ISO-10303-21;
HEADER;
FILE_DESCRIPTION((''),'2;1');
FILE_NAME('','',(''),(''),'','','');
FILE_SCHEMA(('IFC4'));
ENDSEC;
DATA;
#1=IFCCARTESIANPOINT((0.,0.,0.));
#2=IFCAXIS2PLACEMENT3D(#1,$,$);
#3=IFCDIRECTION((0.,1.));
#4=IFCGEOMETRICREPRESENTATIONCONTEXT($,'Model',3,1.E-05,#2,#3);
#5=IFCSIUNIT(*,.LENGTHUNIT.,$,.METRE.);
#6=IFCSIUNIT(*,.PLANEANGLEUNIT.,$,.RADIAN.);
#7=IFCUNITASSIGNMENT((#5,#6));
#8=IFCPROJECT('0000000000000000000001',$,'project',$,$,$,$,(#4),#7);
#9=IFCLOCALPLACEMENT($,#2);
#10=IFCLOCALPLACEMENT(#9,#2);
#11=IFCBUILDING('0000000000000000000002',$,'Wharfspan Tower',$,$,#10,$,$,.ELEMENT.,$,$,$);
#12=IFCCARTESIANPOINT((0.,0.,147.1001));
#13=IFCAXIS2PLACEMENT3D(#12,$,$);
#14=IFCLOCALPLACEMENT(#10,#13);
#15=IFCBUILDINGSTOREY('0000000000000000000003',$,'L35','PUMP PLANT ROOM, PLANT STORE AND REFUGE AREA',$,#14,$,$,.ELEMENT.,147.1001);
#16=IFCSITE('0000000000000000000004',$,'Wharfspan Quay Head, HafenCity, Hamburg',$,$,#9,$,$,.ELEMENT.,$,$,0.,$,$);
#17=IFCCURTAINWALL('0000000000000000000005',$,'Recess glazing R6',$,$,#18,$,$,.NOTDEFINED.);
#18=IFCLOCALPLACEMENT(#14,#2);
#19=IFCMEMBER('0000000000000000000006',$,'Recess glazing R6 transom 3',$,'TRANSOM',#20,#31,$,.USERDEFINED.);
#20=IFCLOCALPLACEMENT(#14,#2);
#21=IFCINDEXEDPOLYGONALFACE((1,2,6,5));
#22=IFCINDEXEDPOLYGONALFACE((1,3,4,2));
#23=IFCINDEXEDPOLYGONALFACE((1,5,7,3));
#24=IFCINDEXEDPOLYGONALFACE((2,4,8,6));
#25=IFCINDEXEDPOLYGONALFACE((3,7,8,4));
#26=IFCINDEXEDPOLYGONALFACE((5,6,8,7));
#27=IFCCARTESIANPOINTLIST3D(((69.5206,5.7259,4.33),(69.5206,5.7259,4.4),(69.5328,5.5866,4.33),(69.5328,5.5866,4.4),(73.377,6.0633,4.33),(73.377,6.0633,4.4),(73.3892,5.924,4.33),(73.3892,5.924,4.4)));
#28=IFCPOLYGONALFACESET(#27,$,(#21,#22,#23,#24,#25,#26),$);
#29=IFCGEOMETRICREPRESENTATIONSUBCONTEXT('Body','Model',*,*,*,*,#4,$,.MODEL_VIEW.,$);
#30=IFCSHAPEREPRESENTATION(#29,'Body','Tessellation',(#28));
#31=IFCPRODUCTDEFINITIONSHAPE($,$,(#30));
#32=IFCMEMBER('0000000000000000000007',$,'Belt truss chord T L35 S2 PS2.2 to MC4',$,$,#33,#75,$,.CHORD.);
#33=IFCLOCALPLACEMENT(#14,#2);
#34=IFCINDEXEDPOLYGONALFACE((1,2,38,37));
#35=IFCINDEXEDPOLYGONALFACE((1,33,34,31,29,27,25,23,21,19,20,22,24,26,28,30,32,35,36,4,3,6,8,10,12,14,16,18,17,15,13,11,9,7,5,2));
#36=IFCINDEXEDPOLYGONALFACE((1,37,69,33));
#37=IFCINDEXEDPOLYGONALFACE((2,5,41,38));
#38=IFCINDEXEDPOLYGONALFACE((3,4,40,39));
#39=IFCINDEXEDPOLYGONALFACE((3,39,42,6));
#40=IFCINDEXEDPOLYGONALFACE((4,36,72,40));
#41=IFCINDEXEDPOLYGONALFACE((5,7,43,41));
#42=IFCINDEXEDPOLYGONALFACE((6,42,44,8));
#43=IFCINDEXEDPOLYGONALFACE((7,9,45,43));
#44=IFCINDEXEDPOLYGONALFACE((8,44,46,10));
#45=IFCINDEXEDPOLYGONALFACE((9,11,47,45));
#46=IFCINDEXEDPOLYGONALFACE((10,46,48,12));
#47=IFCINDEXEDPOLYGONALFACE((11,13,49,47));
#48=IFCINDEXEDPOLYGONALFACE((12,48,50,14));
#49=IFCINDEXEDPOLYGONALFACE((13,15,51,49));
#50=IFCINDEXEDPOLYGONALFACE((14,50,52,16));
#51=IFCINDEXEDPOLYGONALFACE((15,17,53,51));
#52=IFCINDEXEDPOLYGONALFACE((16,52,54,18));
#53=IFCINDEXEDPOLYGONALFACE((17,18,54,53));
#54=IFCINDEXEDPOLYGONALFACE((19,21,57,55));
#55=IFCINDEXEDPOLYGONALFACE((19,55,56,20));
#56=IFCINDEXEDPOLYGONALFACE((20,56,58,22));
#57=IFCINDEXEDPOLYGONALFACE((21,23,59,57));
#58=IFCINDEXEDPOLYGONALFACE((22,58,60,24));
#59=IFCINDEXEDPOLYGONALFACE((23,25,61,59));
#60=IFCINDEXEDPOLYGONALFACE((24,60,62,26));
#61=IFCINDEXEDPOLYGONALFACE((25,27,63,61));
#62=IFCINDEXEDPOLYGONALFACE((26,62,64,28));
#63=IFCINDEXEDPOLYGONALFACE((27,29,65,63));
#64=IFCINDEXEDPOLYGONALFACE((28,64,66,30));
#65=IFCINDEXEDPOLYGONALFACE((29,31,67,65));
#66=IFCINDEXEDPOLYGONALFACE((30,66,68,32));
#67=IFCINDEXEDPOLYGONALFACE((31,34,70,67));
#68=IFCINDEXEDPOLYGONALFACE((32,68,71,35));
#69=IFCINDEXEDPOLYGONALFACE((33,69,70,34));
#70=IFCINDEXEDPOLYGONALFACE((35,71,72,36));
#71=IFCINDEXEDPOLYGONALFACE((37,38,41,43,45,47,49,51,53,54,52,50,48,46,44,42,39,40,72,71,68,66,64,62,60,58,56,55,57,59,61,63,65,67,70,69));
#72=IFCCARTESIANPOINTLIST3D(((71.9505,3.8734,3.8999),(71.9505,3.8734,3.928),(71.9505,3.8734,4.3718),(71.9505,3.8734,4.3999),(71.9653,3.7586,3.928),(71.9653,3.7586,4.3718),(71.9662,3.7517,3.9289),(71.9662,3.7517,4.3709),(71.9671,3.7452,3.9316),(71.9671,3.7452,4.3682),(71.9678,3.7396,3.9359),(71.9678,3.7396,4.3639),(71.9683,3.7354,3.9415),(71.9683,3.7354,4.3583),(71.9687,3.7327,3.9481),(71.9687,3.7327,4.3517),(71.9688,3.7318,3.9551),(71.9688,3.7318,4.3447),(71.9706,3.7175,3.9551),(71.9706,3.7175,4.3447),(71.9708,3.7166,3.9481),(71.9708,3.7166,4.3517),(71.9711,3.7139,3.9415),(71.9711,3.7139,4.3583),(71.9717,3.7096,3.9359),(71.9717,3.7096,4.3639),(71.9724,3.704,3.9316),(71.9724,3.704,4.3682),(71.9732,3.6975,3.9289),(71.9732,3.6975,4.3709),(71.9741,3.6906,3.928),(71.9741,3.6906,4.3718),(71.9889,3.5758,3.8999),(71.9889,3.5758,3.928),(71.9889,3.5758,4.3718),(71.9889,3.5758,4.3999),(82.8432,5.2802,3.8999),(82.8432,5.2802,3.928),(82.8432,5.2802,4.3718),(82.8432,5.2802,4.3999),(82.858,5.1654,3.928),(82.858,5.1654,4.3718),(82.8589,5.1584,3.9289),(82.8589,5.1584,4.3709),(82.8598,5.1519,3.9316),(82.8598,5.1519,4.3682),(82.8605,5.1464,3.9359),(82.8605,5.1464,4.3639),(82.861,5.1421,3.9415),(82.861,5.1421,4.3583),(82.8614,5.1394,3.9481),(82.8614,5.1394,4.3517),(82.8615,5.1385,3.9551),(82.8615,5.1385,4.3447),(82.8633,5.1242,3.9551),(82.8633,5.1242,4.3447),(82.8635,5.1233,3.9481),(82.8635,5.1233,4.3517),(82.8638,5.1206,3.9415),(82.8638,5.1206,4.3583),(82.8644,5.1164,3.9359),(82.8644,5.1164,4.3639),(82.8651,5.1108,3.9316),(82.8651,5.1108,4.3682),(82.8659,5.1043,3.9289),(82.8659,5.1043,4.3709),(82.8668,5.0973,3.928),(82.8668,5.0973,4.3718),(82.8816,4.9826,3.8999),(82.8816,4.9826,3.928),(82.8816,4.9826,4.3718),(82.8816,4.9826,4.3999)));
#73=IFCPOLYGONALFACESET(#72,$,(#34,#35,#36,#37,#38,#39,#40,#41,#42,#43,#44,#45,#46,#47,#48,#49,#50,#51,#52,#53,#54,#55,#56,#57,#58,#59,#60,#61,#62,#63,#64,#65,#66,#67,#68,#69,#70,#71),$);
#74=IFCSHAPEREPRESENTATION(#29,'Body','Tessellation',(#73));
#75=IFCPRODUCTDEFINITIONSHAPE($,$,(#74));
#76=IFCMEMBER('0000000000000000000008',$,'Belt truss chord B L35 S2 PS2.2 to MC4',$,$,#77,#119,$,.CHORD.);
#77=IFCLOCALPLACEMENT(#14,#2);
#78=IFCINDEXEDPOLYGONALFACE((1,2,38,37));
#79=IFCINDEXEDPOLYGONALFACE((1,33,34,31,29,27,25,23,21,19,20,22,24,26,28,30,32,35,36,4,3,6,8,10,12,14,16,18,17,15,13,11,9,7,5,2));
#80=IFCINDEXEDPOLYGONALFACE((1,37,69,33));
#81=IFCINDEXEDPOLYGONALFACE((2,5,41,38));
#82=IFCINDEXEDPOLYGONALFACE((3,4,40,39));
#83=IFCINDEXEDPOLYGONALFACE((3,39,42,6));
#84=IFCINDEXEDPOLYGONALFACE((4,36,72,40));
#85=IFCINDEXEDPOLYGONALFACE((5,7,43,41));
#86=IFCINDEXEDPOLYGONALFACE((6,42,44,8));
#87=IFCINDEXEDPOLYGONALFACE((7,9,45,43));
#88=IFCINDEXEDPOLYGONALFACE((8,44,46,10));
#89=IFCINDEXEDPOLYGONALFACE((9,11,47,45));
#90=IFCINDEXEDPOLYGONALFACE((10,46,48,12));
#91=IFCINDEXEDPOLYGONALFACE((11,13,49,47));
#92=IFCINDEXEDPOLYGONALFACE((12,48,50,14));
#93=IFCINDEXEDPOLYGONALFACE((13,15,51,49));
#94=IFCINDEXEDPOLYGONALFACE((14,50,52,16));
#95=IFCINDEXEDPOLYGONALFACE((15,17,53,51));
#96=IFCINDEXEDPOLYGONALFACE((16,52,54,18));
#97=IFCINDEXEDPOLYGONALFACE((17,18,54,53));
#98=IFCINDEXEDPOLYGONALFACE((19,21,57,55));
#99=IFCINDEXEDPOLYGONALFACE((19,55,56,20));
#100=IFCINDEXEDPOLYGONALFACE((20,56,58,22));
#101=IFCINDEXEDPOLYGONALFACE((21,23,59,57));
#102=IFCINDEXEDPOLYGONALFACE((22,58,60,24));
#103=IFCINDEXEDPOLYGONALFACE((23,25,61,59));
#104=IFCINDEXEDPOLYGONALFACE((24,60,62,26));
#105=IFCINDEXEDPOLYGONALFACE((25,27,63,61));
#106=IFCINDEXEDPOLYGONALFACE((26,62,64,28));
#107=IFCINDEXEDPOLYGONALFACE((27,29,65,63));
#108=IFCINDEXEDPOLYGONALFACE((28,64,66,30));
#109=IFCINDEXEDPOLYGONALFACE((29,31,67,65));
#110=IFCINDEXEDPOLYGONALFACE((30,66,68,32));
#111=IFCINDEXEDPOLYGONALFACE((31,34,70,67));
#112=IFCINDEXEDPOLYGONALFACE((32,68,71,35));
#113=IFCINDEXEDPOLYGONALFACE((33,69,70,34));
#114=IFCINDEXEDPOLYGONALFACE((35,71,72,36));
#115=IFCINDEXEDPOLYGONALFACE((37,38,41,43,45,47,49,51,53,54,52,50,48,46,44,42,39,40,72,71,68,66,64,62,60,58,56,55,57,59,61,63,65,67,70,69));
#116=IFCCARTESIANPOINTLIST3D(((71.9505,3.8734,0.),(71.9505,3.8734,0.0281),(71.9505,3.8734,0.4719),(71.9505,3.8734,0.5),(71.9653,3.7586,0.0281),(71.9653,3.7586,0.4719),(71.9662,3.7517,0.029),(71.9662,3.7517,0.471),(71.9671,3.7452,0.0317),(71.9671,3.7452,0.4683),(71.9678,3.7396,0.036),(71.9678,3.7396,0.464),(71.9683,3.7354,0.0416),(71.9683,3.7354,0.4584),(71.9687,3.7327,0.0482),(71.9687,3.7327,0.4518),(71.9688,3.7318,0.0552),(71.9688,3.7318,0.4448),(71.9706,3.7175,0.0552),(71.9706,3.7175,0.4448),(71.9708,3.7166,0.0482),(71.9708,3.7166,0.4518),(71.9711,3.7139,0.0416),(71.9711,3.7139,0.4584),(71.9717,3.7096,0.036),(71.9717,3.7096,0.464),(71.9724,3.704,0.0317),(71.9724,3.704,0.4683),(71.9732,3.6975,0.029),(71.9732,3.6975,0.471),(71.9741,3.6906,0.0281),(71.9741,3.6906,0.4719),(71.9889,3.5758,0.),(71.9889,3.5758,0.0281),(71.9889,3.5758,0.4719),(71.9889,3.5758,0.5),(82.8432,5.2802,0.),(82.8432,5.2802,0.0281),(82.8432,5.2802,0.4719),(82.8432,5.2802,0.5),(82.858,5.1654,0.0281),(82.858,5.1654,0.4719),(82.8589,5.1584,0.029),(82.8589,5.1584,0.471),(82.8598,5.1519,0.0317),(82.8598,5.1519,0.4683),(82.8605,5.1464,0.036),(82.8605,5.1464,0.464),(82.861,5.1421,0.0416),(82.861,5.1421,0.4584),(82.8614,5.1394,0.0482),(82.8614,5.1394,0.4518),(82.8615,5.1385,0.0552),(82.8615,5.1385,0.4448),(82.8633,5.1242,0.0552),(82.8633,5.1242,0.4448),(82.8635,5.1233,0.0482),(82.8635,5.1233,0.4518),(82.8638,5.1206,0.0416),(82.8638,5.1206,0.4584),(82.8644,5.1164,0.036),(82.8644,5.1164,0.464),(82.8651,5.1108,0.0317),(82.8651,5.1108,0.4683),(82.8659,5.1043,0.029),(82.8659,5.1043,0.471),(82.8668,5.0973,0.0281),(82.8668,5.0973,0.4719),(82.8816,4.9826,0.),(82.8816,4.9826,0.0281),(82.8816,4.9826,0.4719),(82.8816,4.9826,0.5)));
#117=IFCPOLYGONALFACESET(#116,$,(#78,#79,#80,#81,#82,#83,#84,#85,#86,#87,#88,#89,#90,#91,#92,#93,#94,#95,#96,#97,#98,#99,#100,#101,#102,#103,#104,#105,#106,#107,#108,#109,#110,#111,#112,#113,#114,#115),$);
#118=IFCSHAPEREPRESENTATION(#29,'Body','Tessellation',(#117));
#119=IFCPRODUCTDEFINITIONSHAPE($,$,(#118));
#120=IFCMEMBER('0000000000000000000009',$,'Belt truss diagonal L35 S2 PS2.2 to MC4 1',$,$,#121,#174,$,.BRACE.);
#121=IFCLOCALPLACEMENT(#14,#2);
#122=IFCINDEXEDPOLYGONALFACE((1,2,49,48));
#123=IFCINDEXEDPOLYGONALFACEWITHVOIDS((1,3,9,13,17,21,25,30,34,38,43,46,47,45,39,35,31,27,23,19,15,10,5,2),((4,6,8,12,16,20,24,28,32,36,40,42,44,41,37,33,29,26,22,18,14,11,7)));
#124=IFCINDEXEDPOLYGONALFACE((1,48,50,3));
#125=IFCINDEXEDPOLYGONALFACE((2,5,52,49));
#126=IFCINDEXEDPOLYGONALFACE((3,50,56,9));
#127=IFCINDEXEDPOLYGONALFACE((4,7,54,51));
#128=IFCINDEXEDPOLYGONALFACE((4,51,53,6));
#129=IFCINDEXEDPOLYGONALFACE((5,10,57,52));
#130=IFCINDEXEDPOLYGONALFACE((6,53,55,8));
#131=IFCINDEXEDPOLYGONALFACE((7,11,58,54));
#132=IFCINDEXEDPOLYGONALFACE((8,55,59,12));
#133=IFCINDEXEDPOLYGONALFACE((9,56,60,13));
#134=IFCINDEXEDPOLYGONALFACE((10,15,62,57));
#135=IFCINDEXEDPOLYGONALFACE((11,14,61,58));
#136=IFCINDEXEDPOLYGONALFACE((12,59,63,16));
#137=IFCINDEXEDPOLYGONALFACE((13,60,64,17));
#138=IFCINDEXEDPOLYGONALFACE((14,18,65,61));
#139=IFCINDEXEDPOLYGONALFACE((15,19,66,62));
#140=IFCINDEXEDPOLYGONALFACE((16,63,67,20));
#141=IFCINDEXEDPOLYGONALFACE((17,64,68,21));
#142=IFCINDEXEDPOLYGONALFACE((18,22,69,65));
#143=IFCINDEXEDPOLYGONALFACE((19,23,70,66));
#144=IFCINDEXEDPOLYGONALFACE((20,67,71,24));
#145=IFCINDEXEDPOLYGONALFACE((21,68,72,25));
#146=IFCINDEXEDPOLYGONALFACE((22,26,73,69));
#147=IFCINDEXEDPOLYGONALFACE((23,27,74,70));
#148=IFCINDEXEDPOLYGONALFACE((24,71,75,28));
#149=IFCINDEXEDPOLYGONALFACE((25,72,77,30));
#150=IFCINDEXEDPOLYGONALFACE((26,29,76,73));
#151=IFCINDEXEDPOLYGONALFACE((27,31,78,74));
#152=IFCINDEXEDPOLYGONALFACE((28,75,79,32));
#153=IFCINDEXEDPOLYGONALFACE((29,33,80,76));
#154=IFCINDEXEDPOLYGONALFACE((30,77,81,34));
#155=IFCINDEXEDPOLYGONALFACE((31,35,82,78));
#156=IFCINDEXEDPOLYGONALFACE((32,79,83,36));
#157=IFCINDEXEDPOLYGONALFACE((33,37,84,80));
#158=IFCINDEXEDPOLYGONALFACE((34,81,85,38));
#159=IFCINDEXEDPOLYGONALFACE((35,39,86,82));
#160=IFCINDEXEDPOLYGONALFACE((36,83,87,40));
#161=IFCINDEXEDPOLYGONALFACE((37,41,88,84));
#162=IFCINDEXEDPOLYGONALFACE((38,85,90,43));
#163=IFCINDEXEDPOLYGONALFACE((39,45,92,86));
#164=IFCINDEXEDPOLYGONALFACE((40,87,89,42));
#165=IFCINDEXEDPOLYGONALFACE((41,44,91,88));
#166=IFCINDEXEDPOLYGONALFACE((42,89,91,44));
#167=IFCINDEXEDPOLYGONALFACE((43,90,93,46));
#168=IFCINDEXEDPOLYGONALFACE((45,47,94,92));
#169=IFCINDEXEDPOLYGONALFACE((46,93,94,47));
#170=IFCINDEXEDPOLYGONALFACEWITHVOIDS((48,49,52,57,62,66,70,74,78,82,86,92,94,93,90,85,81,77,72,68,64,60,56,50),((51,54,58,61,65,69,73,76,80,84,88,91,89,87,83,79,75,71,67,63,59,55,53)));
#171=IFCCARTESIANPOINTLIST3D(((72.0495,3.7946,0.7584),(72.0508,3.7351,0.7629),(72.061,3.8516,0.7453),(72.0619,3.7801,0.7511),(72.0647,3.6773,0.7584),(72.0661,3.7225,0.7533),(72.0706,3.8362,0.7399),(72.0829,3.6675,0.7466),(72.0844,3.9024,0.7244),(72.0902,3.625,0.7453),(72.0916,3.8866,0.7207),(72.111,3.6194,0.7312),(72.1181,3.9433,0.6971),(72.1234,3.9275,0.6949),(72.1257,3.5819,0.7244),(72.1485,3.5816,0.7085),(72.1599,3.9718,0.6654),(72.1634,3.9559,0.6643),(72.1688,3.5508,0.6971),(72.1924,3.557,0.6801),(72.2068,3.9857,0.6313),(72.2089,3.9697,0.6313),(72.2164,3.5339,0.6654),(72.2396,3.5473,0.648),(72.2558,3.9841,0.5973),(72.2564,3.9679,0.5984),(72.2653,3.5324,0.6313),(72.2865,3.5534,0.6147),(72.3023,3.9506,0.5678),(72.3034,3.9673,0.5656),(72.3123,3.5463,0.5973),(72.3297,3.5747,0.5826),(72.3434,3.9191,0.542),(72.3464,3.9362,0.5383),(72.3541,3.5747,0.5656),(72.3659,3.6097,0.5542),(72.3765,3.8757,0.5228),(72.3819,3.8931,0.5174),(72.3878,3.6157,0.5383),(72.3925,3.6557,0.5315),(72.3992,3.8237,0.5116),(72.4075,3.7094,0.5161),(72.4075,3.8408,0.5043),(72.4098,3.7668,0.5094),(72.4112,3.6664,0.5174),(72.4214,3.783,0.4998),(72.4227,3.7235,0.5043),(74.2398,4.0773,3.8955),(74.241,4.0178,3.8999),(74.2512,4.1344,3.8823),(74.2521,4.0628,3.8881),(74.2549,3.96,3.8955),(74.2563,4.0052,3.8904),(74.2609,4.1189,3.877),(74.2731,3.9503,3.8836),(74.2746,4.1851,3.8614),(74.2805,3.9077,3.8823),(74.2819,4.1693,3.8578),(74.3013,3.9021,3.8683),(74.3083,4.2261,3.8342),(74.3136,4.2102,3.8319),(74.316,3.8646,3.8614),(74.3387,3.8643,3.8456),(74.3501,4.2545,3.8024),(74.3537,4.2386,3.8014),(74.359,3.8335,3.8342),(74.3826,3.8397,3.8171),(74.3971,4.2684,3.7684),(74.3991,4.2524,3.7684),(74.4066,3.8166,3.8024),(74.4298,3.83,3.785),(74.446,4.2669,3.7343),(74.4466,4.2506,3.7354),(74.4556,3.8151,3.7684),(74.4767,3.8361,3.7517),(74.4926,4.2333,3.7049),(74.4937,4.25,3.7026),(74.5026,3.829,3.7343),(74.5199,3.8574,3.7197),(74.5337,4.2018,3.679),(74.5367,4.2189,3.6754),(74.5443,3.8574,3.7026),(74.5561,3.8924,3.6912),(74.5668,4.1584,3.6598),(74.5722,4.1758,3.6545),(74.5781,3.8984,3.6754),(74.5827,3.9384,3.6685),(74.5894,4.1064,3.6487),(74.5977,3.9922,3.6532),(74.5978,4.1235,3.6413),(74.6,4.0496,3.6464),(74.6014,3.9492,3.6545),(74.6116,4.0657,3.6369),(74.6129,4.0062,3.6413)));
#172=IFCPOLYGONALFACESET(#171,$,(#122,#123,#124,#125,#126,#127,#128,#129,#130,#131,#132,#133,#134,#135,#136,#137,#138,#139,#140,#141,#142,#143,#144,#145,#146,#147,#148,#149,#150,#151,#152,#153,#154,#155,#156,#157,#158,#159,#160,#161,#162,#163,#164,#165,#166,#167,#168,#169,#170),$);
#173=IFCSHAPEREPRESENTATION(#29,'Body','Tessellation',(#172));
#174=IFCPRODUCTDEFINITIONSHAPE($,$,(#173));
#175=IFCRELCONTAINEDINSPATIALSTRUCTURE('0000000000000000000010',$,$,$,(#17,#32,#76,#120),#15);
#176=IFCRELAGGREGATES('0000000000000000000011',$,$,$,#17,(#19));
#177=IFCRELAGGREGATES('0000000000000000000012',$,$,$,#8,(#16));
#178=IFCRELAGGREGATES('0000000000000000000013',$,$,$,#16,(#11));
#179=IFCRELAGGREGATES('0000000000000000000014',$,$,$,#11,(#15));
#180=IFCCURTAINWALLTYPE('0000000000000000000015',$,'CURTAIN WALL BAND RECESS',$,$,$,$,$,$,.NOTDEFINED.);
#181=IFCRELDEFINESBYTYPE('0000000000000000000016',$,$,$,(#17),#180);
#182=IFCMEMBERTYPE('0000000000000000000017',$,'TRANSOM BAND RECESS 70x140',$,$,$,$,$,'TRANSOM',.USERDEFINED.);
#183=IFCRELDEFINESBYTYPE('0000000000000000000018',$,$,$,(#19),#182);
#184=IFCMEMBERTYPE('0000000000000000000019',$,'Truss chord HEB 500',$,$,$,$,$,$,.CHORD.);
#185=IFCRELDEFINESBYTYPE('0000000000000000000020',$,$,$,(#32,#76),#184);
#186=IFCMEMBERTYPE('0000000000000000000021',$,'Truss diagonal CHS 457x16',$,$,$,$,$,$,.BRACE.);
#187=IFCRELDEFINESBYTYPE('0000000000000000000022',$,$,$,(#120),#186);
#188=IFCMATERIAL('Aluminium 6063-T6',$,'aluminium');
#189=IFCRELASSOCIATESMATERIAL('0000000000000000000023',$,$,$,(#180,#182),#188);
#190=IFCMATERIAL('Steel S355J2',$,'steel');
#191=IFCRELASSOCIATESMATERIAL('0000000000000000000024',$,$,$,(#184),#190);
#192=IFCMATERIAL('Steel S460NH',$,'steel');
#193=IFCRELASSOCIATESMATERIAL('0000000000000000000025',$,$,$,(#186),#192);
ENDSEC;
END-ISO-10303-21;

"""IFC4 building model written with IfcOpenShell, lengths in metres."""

from ifc_helpers import new_model, si_unit, direction, frame, origin, origin_2d, place, context, subcontext, project, spatial, rectangle, hollow_circle, i_section, extrude, material, material_profile, profile_set, type_object, element, aggregate, save


model = new_model("IFC4")

# Units and contexts
model_context = context("Model", 3, precision=1e-05, world=origin(), true_north=direction((0.0, 1.0)))
body_context = subcontext(model_context, "Body", "Model", "MODEL_VIEW")
ifc_project = project(units=[si_unit("LENGTHUNIT", "METRE"), si_unit("PLANEANGLEUNIT", "RADIAN")], contexts=[model_context])

# Site, building, storey
site_placement = place(None, origin())
site = spatial("IfcSite", under=ifc_project, at=site_placement, Name="Wharfspan Quay Head, HafenCity, Hamburg", CompositionType="ELEMENT", RefElevation=0.0)
building_placement = place(site_placement, origin())
building = spatial("IfcBuilding", under=site, at=building_placement, Name="Wharfspan Tower", CompositionType="ELEMENT")
storey_placement = place(building_placement, frame((0.0, 0.0, 147.1001)))
storey = spatial("IfcBuildingStorey", under=building, at=storey_placement, Name="L35", Description="PUMP PLANT ROOM, PLANT STORE AND REFUGE AREA", CompositionType="ELEMENT", Elevation=147.1001)

# Shared definitions
ifc_material_1 = material(Name="Steel S355J2", Category="steel")

# Curtain wall
ifc_material_2 = material(Name="Aluminium 6063-T6", Category="aluminium")
curtain_wall_type = type_object("IfcCurtainWallType", Name="CURTAIN WALL BAND RECESS", PredefinedType="NOTDEFINED", material=ifc_material_2)
curtain_wall_placement = place(storey_placement, origin())
curtain_wall = element("IfcCurtainWall", 1, at=curtain_wall_placement, inside=storey, type_object=curtain_wall_type, Name="Recess glazing R6", PredefinedType="NOTDEFINED")

# Member
ifc_material_3 = material(Name="Steel S460NH", Category="steel")
ifc_material_profile_1 = material_profile(ifc_material_2, rectangle(XDim=0.1399, YDim=0.0701, at=origin_2d()))
ifc_profile_set_1 = profile_set([ifc_material_profile_1], Name="Aluminium 6063-T6")
member_type_1 = type_object("IfcMemberType", Name="TRANSOM BAND RECESS 70x140", ElementType="TRANSOM", PredefinedType="USERDEFINED", material=ifc_profile_set_1)
member_1_placement = place(storey_placement, frame((73.3831, 5.9937, 4.365), z_axis=(-0.996195, -0.087158, 0.0), x_axis=(0.087158, -0.996195, 0.0)))
member_1 = element("IfcMember", 2, at=member_1_placement, type_object=member_type_1, Name="Recess glazing R6 transom 3", ObjectType="TRANSOM", PredefinedType="USERDEFINED", context=body_context, shape_type="SweptSolid", body=[
    extrude(rectangle(XDim=0.1399, YDim=0.0701, at=origin_2d()), origin(), (0.0, 0.0, 1.0), 3.8711),
])

# Members
ifc_material_profile_2 = material_profile(ifc_material_1, i_section(OverallWidth=0.3, OverallDepth=0.5, WebThickness=0.0144, FlangeThickness=0.0281, FilletRadius=0.0271, at=origin_2d()))
ifc_profile_set_2 = profile_set([ifc_material_profile_2], Name="Steel S355J2")
member_type_2 = type_object("IfcMemberType", Name="Truss chord HEB 500", PredefinedType="CHORD", material=ifc_profile_set_2)
for number, where, z_axis, x_axis, name in (
    (3, (71.9697, 3.7246, 4.1499), (0.991763, 0.128083, 0.0), (-0.128083, 0.991763, 0.0), "Belt truss chord T L35 S2 PS2.2 to MC4"),
    (4, (71.9697, 3.7246, 0.25), (0.991763, 0.128083, 0.0), (-0.128083, 0.991763, 0.0), "Belt truss chord B L35 S2 PS2.2 to MC4"),
):
    element("IfcMember", number, at=place(storey_placement, frame(where, z_axis=z_axis, x_axis=x_axis)), inside=storey, type_object=member_type_2, Name=name, PredefinedType="CHORD", context=body_context, shape_type="SweptSolid", body=[
        extrude(i_section(OverallWidth=0.3, OverallDepth=0.5, WebThickness=0.0144, FlangeThickness=0.0281, FilletRadius=0.0271, at=origin_2d()), origin(), (0.0, 0.0, 1.0), 10.9832),
    ])
ifc_material_profile_3 = material_profile(ifc_material_3, hollow_circle(Radius=0.2285, WallThickness=0.0161, at=origin_2d()))
ifc_profile_set_3 = profile_set([ifc_material_profile_3], Name="Steel S460NH")
member_type_3 = type_object("IfcMemberType", Name="Truss diagonal CHS 457x16", PredefinedType="BRACE", material=ifc_profile_set_3)
for number, where, z_axis, x_axis, name in (
    (5, (72.2361, 3.759, 0.6313), (0.570907, 0.073694, 0.8177), (-0.128024, 0.991768, 0.000003), "Belt truss diagonal L35 S2 PS2.2 to MC4 1"),
):
    element("IfcMember", number, at=place(storey_placement, frame(where, z_axis=z_axis, x_axis=x_axis)), inside=storey, type_object=member_type_3, Name=name, PredefinedType="BRACE", context=body_context, shape_type="SweptSolid", body=[
        extrude(hollow_circle(Radius=0.2285, WallThickness=0.0161, at=origin_2d()), origin(), (0.0, 0.0, 1.0), 3.8364),
    ])

aggregate(curtain_wall, [member_1])

save(model, "model.ifc")
